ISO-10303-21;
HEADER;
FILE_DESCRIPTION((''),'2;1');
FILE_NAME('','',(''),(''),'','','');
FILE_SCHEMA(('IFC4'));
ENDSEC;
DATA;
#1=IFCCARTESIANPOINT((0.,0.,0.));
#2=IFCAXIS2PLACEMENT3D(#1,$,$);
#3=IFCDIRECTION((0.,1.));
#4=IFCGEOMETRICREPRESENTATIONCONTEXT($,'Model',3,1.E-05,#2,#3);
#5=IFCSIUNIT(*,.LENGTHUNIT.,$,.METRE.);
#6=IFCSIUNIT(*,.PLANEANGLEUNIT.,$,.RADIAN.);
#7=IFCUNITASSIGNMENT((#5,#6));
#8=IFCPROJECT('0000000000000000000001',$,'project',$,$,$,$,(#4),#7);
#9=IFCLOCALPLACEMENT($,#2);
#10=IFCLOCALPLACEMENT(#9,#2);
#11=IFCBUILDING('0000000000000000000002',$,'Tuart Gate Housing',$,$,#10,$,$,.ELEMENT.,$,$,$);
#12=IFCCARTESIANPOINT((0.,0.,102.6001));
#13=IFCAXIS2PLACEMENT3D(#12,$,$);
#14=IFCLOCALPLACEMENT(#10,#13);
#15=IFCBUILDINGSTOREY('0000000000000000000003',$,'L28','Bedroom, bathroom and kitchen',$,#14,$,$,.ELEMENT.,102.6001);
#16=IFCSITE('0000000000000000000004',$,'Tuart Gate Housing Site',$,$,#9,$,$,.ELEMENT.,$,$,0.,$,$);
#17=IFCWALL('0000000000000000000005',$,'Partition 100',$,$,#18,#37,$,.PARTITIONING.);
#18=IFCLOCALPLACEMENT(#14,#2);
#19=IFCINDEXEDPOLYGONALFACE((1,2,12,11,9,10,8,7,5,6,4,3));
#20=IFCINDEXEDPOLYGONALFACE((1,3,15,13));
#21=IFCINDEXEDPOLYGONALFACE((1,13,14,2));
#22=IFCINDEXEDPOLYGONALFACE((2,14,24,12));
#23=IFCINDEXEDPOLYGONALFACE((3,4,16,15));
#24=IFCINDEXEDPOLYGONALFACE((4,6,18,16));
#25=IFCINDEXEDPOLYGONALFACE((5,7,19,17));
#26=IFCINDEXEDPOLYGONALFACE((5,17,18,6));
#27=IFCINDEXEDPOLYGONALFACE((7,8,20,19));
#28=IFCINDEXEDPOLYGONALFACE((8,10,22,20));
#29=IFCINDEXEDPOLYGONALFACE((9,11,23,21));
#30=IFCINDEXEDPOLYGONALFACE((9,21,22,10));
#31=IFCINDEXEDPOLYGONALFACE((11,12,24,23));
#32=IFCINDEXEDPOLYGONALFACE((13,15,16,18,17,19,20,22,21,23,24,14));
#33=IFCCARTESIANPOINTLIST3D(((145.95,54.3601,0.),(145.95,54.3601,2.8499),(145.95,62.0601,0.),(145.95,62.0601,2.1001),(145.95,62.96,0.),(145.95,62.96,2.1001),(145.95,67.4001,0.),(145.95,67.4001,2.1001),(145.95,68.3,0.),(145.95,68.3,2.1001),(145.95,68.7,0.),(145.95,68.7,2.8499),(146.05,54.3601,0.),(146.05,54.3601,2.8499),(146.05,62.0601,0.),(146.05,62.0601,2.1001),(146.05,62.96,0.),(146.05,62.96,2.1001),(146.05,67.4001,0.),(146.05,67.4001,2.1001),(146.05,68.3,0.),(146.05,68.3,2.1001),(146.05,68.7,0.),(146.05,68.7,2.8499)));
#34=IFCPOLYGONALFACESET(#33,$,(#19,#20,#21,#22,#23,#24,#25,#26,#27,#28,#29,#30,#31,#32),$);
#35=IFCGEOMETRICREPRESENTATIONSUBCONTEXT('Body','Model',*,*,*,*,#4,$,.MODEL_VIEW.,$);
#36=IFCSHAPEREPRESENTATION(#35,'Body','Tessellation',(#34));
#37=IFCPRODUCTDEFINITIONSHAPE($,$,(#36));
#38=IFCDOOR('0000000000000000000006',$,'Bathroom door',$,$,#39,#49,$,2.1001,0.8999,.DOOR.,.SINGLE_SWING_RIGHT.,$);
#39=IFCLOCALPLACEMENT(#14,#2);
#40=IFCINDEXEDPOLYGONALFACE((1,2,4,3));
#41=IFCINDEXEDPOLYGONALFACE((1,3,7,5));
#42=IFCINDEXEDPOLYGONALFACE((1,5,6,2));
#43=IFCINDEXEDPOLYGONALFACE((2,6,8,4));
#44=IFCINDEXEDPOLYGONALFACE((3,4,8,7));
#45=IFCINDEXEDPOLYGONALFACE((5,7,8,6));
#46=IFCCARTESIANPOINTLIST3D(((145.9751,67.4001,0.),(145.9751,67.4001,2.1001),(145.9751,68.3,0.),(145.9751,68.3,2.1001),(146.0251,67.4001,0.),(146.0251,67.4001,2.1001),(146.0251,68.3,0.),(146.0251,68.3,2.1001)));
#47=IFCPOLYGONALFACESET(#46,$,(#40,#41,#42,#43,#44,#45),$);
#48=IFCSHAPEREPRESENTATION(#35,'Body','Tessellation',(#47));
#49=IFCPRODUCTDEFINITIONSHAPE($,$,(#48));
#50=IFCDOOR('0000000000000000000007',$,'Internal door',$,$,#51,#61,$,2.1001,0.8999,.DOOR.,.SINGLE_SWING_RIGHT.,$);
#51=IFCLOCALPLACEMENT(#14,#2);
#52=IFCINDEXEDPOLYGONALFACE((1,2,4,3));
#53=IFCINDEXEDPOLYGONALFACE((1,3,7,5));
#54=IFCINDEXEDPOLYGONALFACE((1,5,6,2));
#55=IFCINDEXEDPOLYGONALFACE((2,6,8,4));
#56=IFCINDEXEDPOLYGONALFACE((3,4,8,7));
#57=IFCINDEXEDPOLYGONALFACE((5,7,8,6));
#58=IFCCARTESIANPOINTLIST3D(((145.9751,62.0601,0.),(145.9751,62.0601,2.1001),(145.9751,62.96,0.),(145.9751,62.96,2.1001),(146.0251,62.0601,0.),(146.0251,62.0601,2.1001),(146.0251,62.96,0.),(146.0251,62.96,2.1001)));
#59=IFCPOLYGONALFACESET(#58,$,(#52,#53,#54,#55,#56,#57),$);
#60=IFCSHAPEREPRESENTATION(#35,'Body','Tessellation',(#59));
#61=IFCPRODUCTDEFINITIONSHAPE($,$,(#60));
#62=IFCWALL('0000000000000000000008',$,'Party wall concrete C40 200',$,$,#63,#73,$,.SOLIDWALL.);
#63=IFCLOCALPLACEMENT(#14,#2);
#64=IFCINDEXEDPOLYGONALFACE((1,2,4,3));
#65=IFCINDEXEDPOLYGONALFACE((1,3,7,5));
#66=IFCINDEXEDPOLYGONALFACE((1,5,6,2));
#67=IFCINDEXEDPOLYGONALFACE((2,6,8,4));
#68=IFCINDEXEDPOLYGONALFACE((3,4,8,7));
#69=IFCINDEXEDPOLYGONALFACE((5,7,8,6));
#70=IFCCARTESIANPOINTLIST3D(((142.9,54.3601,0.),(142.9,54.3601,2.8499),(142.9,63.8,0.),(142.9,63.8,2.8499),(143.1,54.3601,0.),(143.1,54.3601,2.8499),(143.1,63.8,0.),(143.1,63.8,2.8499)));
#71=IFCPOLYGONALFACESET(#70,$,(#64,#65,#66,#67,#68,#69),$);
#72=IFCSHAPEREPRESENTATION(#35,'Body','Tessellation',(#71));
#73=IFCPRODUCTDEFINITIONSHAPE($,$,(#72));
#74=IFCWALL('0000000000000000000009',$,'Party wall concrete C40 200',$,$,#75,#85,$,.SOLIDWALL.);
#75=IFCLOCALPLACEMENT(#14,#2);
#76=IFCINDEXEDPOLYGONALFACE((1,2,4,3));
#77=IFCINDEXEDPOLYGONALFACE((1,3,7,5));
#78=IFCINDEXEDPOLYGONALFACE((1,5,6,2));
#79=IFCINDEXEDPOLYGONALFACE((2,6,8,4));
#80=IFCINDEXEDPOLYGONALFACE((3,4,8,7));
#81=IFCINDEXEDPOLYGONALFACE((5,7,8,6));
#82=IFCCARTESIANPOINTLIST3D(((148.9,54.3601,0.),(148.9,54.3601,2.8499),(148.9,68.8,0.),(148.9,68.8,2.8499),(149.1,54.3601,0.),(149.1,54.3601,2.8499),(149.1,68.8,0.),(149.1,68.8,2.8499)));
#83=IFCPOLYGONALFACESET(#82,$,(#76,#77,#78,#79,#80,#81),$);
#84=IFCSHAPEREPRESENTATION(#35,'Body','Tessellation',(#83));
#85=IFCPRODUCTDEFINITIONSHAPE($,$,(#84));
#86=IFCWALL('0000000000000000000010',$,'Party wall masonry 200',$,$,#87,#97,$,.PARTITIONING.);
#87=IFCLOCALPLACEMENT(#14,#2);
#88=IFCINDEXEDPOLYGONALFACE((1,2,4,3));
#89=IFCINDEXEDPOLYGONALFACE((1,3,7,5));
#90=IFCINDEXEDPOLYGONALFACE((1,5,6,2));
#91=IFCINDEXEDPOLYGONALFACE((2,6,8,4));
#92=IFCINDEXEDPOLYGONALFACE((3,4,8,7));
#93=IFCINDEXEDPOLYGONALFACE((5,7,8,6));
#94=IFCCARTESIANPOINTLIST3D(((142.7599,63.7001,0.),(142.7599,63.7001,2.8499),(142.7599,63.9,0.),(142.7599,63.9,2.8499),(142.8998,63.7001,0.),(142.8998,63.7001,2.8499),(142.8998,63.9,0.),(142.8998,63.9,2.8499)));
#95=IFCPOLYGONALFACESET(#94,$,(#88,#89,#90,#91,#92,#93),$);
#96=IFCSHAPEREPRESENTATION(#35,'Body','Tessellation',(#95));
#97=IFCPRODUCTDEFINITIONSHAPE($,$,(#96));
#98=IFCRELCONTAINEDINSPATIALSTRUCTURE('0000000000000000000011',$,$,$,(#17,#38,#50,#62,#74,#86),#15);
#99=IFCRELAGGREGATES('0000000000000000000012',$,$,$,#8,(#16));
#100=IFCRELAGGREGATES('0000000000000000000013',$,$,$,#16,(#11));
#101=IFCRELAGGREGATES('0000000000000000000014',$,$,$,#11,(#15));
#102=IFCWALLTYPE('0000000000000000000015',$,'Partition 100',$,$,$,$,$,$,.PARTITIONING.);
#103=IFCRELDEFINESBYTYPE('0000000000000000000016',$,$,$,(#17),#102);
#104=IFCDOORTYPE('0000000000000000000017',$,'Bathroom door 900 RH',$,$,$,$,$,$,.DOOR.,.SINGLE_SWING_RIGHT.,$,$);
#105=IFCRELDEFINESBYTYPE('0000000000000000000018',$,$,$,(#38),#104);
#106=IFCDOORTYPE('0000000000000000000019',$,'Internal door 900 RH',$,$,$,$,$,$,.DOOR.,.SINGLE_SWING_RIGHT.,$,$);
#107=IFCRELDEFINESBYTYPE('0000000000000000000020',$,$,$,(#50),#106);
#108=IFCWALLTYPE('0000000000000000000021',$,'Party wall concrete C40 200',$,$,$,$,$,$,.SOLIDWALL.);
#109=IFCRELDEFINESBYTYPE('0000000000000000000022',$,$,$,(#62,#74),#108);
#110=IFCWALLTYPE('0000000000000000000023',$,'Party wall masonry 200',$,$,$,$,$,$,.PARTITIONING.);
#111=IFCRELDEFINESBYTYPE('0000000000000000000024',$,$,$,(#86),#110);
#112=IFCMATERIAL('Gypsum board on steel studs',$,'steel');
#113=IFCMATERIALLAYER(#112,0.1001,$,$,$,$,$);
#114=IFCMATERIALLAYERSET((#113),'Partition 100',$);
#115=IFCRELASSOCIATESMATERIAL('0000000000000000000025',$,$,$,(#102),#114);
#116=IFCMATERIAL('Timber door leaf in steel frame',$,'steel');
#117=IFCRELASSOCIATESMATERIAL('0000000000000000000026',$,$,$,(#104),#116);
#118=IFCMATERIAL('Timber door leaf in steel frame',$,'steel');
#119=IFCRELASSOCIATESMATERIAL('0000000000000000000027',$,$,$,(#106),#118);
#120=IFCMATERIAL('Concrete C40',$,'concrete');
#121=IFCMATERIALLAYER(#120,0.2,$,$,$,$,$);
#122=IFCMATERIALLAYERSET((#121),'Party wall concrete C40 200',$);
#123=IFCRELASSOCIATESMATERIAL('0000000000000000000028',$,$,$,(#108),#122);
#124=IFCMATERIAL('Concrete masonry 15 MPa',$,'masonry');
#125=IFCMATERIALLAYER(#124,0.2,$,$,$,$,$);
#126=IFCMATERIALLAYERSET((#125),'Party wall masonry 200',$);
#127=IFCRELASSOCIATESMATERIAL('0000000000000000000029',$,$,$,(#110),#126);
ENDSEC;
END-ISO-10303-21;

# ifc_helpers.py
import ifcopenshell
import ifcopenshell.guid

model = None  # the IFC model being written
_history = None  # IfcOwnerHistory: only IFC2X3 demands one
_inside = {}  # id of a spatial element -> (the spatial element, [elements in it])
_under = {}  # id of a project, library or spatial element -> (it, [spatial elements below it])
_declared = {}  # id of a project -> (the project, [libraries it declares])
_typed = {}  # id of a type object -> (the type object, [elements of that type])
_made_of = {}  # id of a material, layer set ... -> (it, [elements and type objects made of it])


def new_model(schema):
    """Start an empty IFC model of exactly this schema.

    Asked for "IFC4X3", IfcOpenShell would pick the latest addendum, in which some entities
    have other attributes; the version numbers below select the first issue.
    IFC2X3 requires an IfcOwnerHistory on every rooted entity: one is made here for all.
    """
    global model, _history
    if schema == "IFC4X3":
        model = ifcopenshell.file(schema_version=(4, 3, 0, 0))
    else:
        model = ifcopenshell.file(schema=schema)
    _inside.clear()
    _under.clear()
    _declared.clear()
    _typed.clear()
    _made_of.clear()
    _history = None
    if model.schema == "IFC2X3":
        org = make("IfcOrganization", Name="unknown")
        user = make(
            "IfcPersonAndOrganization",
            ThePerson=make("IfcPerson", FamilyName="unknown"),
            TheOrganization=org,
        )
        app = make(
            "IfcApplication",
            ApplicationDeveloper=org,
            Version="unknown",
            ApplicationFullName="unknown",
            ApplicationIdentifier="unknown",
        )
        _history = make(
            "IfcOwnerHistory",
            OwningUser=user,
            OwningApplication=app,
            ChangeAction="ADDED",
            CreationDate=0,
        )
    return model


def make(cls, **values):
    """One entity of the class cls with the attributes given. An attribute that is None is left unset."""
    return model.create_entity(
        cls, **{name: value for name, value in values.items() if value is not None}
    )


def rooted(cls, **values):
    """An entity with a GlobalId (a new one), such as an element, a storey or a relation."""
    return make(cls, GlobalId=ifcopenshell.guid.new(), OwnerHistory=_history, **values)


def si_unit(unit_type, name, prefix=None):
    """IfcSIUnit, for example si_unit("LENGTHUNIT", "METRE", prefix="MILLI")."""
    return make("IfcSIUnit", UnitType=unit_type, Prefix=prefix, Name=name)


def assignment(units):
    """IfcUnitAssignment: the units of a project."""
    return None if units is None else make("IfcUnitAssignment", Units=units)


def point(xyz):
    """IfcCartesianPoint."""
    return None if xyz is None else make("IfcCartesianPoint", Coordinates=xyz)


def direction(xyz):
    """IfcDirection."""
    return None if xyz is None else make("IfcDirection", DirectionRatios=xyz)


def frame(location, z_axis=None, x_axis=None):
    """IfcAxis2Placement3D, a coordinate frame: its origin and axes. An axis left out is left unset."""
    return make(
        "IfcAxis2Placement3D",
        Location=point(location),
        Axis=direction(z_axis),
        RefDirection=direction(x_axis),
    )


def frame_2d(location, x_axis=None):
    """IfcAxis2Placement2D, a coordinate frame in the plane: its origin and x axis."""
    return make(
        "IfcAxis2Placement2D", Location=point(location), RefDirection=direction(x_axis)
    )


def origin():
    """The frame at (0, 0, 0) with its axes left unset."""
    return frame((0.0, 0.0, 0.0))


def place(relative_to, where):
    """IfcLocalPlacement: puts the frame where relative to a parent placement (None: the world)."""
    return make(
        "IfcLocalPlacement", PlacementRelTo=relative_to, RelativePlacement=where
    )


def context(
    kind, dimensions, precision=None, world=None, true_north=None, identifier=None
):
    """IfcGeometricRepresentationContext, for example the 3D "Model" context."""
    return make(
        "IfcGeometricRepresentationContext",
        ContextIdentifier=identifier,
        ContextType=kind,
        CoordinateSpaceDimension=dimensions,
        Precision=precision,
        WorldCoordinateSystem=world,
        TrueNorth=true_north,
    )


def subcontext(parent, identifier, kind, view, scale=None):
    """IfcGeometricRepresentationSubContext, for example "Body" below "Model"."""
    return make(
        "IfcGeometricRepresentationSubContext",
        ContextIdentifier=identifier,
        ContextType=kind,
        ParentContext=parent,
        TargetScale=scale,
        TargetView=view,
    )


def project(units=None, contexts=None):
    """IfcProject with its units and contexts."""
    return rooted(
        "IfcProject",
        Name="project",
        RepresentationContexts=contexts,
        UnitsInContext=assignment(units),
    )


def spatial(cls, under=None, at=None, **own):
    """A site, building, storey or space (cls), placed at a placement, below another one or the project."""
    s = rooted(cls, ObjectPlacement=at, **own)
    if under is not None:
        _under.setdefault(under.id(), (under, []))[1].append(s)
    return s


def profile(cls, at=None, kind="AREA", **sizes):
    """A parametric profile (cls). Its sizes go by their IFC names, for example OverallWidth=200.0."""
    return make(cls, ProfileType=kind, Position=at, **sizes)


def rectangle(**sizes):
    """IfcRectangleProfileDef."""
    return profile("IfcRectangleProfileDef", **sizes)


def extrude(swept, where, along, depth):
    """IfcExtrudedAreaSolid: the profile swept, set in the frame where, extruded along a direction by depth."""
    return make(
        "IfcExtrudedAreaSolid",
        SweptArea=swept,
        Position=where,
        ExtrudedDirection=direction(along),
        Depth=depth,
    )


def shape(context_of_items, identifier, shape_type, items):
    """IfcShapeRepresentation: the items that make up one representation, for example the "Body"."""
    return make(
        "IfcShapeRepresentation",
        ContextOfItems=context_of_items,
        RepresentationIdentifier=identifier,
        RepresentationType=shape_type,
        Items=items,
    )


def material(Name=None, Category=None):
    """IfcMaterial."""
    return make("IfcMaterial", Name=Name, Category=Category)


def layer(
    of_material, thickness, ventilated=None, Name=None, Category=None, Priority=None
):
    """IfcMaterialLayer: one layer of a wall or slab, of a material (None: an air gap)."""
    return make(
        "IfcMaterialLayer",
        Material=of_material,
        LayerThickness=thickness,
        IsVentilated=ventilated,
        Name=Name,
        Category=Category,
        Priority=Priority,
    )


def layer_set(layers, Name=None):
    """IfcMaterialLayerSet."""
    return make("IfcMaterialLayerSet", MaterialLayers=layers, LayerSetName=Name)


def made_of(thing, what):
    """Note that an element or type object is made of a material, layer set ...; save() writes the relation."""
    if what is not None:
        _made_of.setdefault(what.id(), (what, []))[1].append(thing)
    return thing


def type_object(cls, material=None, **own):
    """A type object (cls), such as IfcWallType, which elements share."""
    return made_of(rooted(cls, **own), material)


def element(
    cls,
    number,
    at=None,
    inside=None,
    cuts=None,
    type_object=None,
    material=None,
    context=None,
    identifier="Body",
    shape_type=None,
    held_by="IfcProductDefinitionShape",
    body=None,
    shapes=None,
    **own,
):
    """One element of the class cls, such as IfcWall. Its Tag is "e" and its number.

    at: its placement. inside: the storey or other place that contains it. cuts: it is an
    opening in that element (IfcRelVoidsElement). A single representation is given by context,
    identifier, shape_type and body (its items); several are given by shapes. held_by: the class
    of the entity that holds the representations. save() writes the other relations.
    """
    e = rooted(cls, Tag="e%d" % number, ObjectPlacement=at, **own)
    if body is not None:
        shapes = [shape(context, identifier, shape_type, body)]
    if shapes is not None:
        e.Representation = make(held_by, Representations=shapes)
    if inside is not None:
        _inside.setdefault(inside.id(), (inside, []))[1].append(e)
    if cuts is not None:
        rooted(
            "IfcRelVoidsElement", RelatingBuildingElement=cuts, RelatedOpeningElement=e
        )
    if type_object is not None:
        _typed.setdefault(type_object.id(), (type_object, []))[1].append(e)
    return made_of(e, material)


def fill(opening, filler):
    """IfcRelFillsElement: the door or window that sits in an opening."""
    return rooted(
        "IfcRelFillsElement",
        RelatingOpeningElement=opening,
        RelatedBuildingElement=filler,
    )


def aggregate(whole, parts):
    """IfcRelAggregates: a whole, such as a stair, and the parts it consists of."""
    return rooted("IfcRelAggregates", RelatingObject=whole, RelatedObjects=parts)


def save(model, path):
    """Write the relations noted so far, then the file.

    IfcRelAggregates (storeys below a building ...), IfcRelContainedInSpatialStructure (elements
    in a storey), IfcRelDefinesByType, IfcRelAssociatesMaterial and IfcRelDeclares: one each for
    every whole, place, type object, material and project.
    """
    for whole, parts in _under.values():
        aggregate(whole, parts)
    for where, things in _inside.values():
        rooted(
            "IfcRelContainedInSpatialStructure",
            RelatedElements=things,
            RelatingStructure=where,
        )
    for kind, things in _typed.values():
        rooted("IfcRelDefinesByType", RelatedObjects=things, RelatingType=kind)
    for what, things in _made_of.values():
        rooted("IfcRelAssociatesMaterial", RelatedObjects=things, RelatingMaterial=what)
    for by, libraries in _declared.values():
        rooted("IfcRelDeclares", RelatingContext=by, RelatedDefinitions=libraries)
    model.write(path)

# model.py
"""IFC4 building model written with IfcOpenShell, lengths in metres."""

from ifc_helpers import new_model, si_unit, direction, frame, frame_2d, origin, place, context, subcontext, project, spatial, rectangle, extrude, material, layer, layer_set, type_object, element, fill, save


model = new_model("IFC4")

# Units and contexts
model_context = context("Model", 3, precision=1e-05, world=origin(), true_north=direction((0.0, 1.0)))
body_context = subcontext(model_context, "Body", "Model", "MODEL_VIEW")
ifc_project = project(units=[si_unit("LENGTHUNIT", "METRE"), si_unit("PLANEANGLEUNIT", "RADIAN")], contexts=[model_context])

# Site, building, storey
site_placement = place(None, origin())
site = spatial("IfcSite", under=ifc_project, at=site_placement, Name="Tuart Gate Housing Site", CompositionType="ELEMENT", RefElevation=0.0)
building_placement = place(site_placement, origin())
building = spatial("IfcBuilding", under=site, at=building_placement, Name="Tuart Gate Housing", CompositionType="ELEMENT")
storey_placement = place(building_placement, frame((0.0, 0.0, 102.6001)))
storey = spatial("IfcBuildingStorey", under=building, at=storey_placement, Name="L28", Description="Bedroom, bathroom and kitchen", CompositionType="ELEMENT", Elevation=102.6001)

# Shared definitions
ifc_material_1 = material(Name="Gypsum board on steel studs", Category="steel")
ifc_layer_1 = layer(ifc_material_1, 0.1001)
ifc_layer_set_1 = layer_set([ifc_layer_1], Name="Partition 100")
wall_type_1 = type_object("IfcWallType", Name="Partition 100", PredefinedType="PARTITIONING", material=ifc_layer_set_1)

# Wall, openings, doors
wall_1_placement = place(storey_placement, frame((146.0, 54.3601, 0.0), z_axis=(0.0, 0.0, 1.0), x_axis=(0.0, 1.0, 0.0)))
wall_1 = element("IfcWall", 1, at=wall_1_placement, inside=storey, type_object=wall_type_1, Name="Partition 100", PredefinedType="PARTITIONING", context=body_context, shape_type="SweptSolid", body=[
    extrude(rectangle(XDim=14.3398, YDim=0.1001, at=frame_2d((7.1699, 0.0))), origin(), (0.0, 0.0, 1.0), 2.8499),
])
opening_1_placement = place(wall_1_placement, frame((7.7, 0.0, 0.0)))
opening_1 = element("IfcOpeningElement", 2, at=opening_1_placement, cuts=wall_1, PredefinedType="OPENING", context=body_context, shape_type="SweptSolid", body=[
    extrude(rectangle(XDim=0.8999, YDim=2.1001, at=frame_2d((0.45, 1.05))), frame((0.0, 0.0601, 0.0), z_axis=(0.0, -1.0, 0.0), x_axis=(1.0, 0.0, 0.0)), (0.0, 0.0, 1.0), 0.1201),
])
opening_2_placement = place(wall_1_placement, frame((13.04, 0.0, 0.0)))
opening_2 = element("IfcOpeningElement", 3, at=opening_2_placement, cuts=wall_1, PredefinedType="OPENING", context=body_context, shape_type="SweptSolid", body=[
    extrude(rectangle(XDim=0.8999, YDim=2.1001, at=frame_2d((0.45, 1.05))), frame((0.0, 0.0601, 0.0), z_axis=(0.0, -1.0, 0.0), x_axis=(1.0, 0.0, 0.0)), (0.0, 0.0, 1.0), 0.1201),
])
ifc_material_2 = material(Name="Timber door leaf in steel frame", Category="steel")
door_type_1 = type_object("IfcDoorType", Name="Bathroom door 900 RH", OperationType="SINGLE_SWING_RIGHT", PredefinedType="DOOR", material=ifc_material_2)
door_1_placement = place(opening_2_placement, origin())
door_1 = element("IfcDoor", 4, at=door_1_placement, inside=storey, type_object=door_type_1, Name="Bathroom door", OperationType="SINGLE_SWING_RIGHT", OverallHeight=2.1001, OverallWidth=0.8999, PredefinedType="DOOR", context=body_context, shape_type="SweptSolid", body=[
    extrude(rectangle(XDim=0.8999, YDim=2.1001, at=frame_2d((0.45, 1.05))), frame((0.0, 0.0249, 0.0), z_axis=(0.0, -1.0, 0.0), x_axis=(1.0, 0.0, 0.0)), (0.0, 0.0, 1.0), 0.05),
])
fill(opening_2, door_1)
ifc_material_3 = material(Name="Timber door leaf in steel frame", Category="steel")
door_type_2 = type_object("IfcDoorType", Name="Internal door 900 RH", OperationType="SINGLE_SWING_RIGHT", PredefinedType="DOOR", material=ifc_material_3)
door_2_placement = place(opening_1_placement, origin())
door_2 = element("IfcDoor", 5, at=door_2_placement, inside=storey, type_object=door_type_2, Name="Internal door", OperationType="SINGLE_SWING_RIGHT", OverallHeight=2.1001, OverallWidth=0.8999, PredefinedType="DOOR", context=body_context, shape_type="SweptSolid", body=[
    extrude(rectangle(XDim=0.8999, YDim=2.1001, at=frame_2d((0.45, 1.05))), frame((0.0, 0.0249, 0.0), z_axis=(0.0, -1.0, 0.0), x_axis=(1.0, 0.0, 0.0)), (0.0, 0.0, 1.0), 0.05),
])
fill(opening_1, door_2)

# Walls
ifc_material_4 = material(Name="Concrete C40", Category="concrete")
ifc_layer_2 = layer(ifc_material_4, 0.2)
ifc_layer_set_2 = layer_set([ifc_layer_2], Name="Party wall concrete C40 200")
wall_type_2 = type_object("IfcWallType", Name="Party wall concrete C40 200", PredefinedType="SOLIDWALL", material=ifc_layer_set_2)
wall_2_placement = place(storey_placement, frame((143.0, 54.3601, 0.0), z_axis=(0.0, 0.0, 1.0), x_axis=(0.0, 1.0, 0.0)))
element("IfcWall", 6, at=wall_2_placement, inside=storey, type_object=wall_type_2, Name="Party wall concrete C40 200", PredefinedType="SOLIDWALL", context=body_context, shape_type="SweptSolid", body=[
    extrude(rectangle(XDim=9.4399, YDim=0.2, at=frame_2d((4.72, 0.0))), origin(), (0.0, 0.0, 1.0), 2.8499),
])
wall_3_placement = place(storey_placement, frame((149.0, 54.3601, 0.0), z_axis=(0.0, 0.0, 1.0), x_axis=(0.0, 1.0, 0.0)))
element("IfcWall", 7, at=wall_3_placement, inside=storey, type_object=wall_type_2, Name="Party wall concrete C40 200", PredefinedType="SOLIDWALL", context=body_context, shape_type="SweptSolid", body=[
    extrude(rectangle(XDim=14.4399, YDim=0.2, at=frame_2d((7.22, 0.0))), origin(), (0.0, 0.0, 1.0), 2.8499),
])
ifc_material_5 = material(Name="Concrete masonry 15 MPa", Category="masonry")
ifc_layer_3 = layer(ifc_material_5, 0.2)
ifc_layer_set_3 = layer_set([ifc_layer_3], Name="Party wall masonry 200")
wall_type_3 = type_object("IfcWallType", Name="Party wall masonry 200", PredefinedType="PARTITIONING", material=ifc_layer_set_3)
wall_4_placement = place(storey_placement, frame((142.76, 63.8, 0.0), z_axis=(0.0, 0.0, 1.0), x_axis=(1.0, 0.0, 0.0)))
element("IfcWall", 8, at=wall_4_placement, inside=storey, type_object=wall_type_3, Name="Party wall masonry 200", PredefinedType="PARTITIONING", context=body_context, shape_type="SweptSolid", body=[
    extrude(rectangle(XDim=0.1399, YDim=0.2, at=frame_2d((0.0698, 0.0))), origin(), (0.0, 0.0, 1.0), 2.8499),
])

save(model, "model.ifc")
